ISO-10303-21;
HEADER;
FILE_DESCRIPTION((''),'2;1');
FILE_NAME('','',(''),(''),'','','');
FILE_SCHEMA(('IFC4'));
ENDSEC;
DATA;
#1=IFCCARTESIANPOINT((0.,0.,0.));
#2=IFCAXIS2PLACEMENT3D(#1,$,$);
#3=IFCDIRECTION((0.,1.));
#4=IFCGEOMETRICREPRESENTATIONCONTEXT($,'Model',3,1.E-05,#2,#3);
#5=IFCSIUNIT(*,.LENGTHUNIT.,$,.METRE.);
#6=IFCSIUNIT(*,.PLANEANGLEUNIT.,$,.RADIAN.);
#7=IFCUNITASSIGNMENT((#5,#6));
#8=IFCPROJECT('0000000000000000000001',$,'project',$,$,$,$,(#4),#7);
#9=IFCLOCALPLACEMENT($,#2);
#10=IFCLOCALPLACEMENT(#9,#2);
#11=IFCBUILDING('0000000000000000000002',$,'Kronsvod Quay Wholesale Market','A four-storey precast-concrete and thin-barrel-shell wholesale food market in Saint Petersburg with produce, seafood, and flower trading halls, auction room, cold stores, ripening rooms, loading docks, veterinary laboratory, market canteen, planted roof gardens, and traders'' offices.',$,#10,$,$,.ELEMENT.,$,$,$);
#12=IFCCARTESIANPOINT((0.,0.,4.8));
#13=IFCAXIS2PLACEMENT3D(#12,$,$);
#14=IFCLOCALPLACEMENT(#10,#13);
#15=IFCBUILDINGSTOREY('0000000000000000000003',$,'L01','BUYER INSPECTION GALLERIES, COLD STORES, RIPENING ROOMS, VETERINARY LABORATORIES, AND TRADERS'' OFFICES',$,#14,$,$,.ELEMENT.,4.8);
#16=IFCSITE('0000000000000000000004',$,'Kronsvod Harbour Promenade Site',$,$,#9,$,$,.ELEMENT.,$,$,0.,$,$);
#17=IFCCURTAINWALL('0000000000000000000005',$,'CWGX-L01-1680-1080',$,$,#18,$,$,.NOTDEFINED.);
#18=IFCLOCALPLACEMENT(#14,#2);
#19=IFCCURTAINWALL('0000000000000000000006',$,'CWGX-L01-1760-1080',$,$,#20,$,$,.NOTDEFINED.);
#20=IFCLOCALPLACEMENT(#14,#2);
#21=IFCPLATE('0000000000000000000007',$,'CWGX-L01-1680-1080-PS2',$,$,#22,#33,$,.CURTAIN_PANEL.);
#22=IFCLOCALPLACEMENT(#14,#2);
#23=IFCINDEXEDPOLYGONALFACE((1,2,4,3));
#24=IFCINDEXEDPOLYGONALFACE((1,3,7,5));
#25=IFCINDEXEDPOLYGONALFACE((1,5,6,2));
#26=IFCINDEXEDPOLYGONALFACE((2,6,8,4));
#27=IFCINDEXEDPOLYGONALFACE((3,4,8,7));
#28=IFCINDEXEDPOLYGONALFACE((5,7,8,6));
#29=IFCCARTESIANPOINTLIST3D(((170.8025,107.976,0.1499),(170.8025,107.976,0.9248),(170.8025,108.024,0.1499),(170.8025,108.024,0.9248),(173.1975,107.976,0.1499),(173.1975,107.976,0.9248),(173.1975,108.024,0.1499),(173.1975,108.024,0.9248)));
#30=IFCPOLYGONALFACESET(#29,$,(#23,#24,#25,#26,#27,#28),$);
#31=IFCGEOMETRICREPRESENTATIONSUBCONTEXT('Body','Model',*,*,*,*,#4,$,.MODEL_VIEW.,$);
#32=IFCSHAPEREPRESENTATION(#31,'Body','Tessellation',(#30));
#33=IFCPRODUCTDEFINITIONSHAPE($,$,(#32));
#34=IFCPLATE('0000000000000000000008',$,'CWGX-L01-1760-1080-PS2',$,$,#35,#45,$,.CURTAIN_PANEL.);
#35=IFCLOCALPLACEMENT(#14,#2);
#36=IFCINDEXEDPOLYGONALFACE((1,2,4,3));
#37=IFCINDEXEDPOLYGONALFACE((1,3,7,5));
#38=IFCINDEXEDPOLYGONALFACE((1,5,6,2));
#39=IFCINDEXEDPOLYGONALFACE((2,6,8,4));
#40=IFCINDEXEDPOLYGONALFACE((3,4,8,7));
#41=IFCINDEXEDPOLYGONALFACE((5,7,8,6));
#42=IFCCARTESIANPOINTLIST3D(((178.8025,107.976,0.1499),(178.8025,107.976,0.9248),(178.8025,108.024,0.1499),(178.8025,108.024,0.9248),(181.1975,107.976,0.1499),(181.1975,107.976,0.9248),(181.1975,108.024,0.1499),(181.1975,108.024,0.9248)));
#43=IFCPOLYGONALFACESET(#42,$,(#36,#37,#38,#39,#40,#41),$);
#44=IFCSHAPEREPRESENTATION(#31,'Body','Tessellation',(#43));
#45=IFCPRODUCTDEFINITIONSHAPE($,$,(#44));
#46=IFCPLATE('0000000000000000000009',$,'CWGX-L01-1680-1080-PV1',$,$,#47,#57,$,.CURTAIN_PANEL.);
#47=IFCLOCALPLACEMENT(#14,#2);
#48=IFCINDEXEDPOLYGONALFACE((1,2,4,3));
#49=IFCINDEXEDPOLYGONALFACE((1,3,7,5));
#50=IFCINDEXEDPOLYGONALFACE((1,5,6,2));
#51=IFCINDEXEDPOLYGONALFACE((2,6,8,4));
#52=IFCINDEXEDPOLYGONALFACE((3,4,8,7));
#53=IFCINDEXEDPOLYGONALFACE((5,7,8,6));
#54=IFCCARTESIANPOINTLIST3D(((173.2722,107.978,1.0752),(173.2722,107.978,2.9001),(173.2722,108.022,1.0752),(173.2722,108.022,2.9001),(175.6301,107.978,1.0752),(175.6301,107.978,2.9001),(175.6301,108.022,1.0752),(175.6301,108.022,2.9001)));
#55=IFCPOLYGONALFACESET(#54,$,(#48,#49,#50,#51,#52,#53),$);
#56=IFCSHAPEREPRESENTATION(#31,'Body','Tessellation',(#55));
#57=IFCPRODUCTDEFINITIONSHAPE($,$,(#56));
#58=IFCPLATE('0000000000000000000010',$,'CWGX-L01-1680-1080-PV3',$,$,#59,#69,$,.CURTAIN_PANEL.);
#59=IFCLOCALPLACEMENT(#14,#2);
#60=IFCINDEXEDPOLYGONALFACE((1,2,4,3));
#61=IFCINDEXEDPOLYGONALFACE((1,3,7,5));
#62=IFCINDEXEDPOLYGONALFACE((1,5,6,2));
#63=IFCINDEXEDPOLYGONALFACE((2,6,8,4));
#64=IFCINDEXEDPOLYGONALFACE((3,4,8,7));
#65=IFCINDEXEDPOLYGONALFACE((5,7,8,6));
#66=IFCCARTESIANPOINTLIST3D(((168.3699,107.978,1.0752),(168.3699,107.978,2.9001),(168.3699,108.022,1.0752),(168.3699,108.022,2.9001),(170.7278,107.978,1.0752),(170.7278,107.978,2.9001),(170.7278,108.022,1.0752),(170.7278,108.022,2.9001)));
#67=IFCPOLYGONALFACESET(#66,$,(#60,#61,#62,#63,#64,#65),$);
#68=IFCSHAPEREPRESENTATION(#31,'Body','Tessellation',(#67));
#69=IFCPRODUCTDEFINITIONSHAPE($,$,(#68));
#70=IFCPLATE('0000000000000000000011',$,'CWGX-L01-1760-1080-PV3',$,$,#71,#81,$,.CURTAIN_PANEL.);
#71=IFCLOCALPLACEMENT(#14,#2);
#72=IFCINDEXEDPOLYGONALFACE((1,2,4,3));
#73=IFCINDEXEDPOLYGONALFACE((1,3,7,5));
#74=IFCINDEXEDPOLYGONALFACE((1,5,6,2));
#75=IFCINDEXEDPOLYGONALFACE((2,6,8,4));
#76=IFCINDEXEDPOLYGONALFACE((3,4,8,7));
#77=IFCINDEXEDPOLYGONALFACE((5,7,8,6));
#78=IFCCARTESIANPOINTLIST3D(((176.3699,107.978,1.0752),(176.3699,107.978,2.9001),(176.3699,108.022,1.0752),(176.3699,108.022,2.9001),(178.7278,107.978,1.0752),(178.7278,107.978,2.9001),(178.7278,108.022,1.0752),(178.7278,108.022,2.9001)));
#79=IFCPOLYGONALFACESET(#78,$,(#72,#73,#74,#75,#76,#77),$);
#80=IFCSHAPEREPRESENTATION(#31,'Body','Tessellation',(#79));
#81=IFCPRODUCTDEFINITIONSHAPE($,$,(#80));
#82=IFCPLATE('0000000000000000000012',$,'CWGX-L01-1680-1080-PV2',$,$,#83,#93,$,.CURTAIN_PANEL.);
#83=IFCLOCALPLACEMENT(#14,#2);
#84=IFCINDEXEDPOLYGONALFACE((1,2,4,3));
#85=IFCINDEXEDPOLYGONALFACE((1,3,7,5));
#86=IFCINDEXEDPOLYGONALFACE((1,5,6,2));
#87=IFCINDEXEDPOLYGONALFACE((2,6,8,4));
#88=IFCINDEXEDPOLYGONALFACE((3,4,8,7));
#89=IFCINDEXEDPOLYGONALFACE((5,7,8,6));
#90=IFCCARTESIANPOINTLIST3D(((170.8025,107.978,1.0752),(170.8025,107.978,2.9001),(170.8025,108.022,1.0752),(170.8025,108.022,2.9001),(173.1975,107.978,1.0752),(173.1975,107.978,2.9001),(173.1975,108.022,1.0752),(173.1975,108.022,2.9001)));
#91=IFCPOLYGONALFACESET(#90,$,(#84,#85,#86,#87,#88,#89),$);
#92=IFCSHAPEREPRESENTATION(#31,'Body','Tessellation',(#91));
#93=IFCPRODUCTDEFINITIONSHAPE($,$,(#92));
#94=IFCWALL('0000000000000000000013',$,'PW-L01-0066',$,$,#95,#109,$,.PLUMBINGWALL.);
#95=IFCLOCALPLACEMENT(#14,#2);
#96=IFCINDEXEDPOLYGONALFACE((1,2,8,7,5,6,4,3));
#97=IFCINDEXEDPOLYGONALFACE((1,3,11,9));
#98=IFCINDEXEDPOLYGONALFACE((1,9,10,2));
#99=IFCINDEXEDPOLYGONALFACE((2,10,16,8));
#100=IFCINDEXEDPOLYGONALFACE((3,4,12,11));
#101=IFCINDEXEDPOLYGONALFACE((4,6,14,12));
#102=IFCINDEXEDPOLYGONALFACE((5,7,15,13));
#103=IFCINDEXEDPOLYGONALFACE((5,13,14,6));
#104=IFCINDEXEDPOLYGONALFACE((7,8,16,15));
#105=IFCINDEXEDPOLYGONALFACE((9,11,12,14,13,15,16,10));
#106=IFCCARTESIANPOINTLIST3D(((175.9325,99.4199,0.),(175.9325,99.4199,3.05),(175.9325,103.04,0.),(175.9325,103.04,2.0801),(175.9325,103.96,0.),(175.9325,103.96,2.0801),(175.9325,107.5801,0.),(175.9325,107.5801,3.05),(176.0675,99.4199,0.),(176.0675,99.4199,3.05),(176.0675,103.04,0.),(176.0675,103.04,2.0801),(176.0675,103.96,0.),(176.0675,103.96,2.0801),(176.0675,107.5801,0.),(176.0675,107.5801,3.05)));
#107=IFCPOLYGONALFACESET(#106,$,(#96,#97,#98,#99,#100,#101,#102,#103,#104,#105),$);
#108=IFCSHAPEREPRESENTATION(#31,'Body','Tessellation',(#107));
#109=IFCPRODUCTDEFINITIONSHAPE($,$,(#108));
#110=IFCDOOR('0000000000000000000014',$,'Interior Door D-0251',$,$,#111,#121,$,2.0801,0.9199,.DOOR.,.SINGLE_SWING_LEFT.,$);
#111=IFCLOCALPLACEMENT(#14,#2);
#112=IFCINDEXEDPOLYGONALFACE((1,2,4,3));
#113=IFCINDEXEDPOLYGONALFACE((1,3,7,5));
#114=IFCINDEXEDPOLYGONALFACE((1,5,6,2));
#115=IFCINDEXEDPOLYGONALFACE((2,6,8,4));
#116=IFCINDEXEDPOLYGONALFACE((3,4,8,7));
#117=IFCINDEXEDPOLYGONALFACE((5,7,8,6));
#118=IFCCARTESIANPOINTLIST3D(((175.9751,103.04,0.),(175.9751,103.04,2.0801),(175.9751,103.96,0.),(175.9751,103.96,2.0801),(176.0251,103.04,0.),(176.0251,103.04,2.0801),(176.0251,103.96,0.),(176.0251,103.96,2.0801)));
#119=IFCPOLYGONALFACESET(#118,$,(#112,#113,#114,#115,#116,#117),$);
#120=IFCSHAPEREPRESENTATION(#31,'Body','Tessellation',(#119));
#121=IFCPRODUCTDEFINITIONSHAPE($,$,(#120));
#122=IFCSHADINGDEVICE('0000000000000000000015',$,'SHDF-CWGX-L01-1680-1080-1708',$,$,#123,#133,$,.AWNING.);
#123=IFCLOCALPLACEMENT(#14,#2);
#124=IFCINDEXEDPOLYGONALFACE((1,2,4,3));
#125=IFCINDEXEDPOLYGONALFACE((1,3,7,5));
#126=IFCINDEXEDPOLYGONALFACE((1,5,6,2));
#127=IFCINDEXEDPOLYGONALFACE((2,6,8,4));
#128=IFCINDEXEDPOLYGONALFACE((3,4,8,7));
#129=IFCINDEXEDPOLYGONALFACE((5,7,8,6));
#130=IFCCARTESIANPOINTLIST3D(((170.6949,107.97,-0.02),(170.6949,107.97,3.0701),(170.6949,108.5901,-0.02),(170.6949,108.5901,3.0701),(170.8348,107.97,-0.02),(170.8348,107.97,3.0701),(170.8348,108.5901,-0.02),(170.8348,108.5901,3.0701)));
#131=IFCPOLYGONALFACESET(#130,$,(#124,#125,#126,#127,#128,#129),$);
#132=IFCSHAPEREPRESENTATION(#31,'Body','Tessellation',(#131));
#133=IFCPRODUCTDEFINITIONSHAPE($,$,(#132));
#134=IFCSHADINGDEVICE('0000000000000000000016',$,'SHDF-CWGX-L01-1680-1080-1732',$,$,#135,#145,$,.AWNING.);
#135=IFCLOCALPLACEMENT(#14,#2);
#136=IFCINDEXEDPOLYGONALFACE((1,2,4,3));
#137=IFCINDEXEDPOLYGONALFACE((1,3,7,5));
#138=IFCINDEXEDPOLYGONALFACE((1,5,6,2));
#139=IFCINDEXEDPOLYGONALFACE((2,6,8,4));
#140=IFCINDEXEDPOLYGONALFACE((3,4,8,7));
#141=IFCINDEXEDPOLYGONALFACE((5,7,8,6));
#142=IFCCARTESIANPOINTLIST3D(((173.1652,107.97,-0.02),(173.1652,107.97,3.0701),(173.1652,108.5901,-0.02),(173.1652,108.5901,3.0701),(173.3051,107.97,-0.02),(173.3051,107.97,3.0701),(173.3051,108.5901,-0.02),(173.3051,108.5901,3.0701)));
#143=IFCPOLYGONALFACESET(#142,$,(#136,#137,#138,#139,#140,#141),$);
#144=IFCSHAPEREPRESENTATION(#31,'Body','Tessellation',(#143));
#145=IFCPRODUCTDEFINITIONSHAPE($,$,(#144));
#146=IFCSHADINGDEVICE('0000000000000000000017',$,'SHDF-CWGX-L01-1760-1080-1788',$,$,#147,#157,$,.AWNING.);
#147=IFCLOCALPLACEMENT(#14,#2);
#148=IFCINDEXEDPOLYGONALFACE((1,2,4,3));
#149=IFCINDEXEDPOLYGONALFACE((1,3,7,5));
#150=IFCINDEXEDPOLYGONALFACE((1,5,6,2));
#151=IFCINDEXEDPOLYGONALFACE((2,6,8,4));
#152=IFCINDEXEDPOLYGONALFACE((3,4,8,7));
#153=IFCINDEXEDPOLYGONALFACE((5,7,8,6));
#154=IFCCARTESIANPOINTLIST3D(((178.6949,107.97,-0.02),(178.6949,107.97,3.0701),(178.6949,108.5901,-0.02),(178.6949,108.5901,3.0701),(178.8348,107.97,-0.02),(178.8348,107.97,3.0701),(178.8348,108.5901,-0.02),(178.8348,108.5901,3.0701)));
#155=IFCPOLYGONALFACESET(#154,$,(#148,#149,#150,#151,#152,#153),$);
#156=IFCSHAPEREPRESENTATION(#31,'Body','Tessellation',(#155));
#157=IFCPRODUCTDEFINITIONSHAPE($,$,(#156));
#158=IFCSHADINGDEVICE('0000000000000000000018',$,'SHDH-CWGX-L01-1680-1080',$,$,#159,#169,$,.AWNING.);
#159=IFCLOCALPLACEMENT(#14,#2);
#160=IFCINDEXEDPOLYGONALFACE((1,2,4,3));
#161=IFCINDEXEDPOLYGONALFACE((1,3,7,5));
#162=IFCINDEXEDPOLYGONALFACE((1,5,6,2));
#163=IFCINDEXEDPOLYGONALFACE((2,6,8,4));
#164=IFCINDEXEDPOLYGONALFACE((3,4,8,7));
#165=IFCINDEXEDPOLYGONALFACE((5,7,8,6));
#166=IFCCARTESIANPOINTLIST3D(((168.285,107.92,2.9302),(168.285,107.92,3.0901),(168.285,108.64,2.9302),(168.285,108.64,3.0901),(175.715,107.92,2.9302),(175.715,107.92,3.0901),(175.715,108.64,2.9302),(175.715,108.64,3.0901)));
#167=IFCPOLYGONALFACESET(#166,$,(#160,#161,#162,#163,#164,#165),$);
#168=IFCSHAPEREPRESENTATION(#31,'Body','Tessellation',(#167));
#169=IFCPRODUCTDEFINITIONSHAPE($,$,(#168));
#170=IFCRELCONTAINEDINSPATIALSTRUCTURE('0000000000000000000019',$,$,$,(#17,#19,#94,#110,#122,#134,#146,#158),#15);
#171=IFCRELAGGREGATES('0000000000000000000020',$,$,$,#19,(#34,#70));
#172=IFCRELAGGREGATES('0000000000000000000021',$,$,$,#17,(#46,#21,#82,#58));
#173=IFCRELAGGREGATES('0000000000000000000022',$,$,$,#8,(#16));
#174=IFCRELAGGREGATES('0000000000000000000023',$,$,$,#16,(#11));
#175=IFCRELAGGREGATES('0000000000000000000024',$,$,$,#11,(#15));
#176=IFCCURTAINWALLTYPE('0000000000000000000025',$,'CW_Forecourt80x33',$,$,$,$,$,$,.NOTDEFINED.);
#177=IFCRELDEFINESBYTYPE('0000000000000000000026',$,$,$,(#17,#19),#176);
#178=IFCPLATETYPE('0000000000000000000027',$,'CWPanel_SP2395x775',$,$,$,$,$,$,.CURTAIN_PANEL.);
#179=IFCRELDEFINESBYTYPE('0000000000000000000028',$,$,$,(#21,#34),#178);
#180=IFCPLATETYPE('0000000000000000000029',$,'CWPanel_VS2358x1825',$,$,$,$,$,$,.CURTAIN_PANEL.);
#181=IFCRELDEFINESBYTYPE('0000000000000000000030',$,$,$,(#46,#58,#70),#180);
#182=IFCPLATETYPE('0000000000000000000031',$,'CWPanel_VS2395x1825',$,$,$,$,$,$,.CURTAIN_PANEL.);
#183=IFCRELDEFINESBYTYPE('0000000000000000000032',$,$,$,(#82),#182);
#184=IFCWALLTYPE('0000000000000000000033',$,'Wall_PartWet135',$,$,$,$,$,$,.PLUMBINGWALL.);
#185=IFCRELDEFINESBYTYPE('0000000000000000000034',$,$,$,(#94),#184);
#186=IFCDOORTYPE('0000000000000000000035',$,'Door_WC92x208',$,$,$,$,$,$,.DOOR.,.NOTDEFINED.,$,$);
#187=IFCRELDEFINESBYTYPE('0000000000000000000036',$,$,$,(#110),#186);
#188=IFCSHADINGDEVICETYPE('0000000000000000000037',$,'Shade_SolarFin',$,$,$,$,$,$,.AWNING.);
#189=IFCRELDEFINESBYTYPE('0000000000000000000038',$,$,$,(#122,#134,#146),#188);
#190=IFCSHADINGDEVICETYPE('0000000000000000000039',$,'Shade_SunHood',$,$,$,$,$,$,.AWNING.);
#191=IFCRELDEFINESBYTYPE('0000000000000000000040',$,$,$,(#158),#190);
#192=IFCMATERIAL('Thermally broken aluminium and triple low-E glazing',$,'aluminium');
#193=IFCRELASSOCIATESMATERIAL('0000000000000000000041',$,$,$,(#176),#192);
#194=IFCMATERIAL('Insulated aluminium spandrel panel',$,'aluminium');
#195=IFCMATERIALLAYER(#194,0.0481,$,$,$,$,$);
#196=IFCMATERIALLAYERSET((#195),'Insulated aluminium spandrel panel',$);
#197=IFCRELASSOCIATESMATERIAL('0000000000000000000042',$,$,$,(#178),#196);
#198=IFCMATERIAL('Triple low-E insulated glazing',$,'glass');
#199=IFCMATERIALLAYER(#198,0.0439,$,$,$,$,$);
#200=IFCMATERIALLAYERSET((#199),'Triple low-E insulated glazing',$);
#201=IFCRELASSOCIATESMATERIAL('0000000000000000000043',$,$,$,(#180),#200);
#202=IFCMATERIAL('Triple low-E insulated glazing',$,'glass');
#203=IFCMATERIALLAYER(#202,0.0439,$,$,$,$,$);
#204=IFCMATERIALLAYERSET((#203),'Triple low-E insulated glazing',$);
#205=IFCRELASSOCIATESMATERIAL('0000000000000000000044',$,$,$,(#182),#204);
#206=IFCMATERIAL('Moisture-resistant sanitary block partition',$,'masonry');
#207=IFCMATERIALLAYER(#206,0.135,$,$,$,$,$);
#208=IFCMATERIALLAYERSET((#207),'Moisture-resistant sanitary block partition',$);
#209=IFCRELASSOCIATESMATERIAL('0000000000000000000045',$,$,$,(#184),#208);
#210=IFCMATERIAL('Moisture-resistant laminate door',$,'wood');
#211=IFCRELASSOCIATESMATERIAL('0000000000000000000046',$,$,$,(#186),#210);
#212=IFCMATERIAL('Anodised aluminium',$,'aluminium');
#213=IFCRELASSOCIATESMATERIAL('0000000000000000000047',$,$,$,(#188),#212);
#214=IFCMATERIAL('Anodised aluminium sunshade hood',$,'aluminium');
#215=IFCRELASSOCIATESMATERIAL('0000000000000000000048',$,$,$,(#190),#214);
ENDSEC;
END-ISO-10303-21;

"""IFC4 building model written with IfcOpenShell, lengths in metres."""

from ifc_helpers import new_model, si_unit, direction, frame, frame_2d, origin, origin_2d, place, context, subcontext, project, spatial, rectangle, extrude, material, layer, layer_set, type_object, element, fill, aggregate, save


model = new_model("IFC4")

# Units and contexts
model_context = context("Model", 3, precision=1e-05, world=origin(), true_north=direction((0.0, 1.0)))
body_context = subcontext(model_context, "Body", "Model", "MODEL_VIEW")
ifc_project = project(units=[si_unit("LENGTHUNIT", "METRE"), si_unit("PLANEANGLEUNIT", "RADIAN")], contexts=[model_context])

# Site, building, storey
site_placement = place(None, origin())
site = spatial("IfcSite", under=ifc_project, at=site_placement, Name="Kronsvod Harbour Promenade Site", CompositionType="ELEMENT", RefElevation=0.0)
building_placement = place(site_placement, origin())
building = spatial("IfcBuilding", under=site, at=building_placement, Name="Kronsvod Quay Wholesale Market", Description="A four-storey precast-concrete and thin-barrel-shell wholesale food market in Saint Petersburg with produce, seafood, and flower trading halls, auction room, cold stores, ripening rooms, loading docks, veterinary laboratory, market canteen, planted roof gardens, and traders' offices.", CompositionType="ELEMENT")
storey_placement = place(building_placement, frame((0.0, 0.0, 4.8)))
storey = spatial("IfcBuildingStorey", under=building, at=storey_placement, Name="L01", Description="BUYER INSPECTION GALLERIES, COLD STORES, RIPENING ROOMS, VETERINARY LABORATORIES, AND TRADERS' OFFICES", CompositionType="ELEMENT", Elevation=4.8)

# Curtain walls
ifc_material_1 = material(Name="Thermally broken aluminium and triple low-E glazing", Category="aluminium")
curtain_wall_type = type_object("IfcCurtainWallType", Name="CW_Forecourt80x33", PredefinedType="NOTDEFINED", material=ifc_material_1)
curtain_wall_1_placement = place(storey_placement, origin())
curtain_wall_1 = element("IfcCurtainWall", 1, at=curtain_wall_1_placement, inside=storey, type_object=curtain_wall_type, Name="CWGX-L01-1680-1080", PredefinedType="NOTDEFINED")
curtain_wall_2_placement = place(storey_placement, origin())
curtain_wall_2 = element("IfcCurtainWall", 2, at=curtain_wall_2_placement, inside=storey, type_object=curtain_wall_type, Name="CWGX-L01-1760-1080", PredefinedType="NOTDEFINED")

# Plates
ifc_material_2 = material(Name="Insulated aluminium spandrel panel", Category="aluminium")
ifc_layer_1 = layer(ifc_material_2, 0.0481)
ifc_layer_set_1 = layer_set([ifc_layer_1], Name="Insulated aluminium spandrel panel")
plate_type_1 = type_object("IfcPlateType", Name="CWPanel_SP2395x775", PredefinedType="CURTAIN_PANEL", material=ifc_layer_set_1)
plate_1_placement = place(storey_placement, frame((172.0, 108.0, 0.1499), z_axis=(0.0, 0.0, 1.0), x_axis=(-1.0, 0.0, 0.0)))
plate_1 = element("IfcPlate", 3, at=plate_1_placement, type_object=plate_type_1, Name="CWGX-L01-1680-1080-PS2", PredefinedType="CURTAIN_PANEL", context=body_context, shape_type="SweptSolid", body=[
    extrude(rectangle(XDim=2.395, YDim=0.0481, at=origin_2d()), origin(), (0.0, 0.0, 1.0), 0.7749),
])
plate_2_placement = place(storey_placement, frame((180.0, 108.0, 0.1499), z_axis=(0.0, 0.0, 1.0), x_axis=(-1.0, 0.0, 0.0)))
plate_2 = element("IfcPlate", 4, at=plate_2_placement, type_object=plate_type_1, Name="CWGX-L01-1760-1080-PS2", PredefinedType="CURTAIN_PANEL", context=body_context, shape_type="SweptSolid", body=[
    extrude(rectangle(XDim=2.395, YDim=0.0481, at=origin_2d()), origin(), (0.0, 0.0, 1.0), 0.7749),
])
ifc_material_3 = material(Name="Triple low-E insulated glazing", Category="glass")
ifc_layer_2 = layer(ifc_material_3, 0.0439)
ifc_layer_set_2 = layer_set([ifc_layer_2], Name="Triple low-E insulated glazing")
plate_type_2 = type_object("IfcPlateType", Name="CWPanel_VS2358x1825", PredefinedType="CURTAIN_PANEL", material=ifc_layer_set_2)
plate_3_placement = place(storey_placement, frame((174.4512, 108.0, 1.0752), z_axis=(0.0, 0.0, 1.0), x_axis=(-1.0, 0.0, 0.0)))
plate_3 = element("IfcPlate", 5, at=plate_3_placement, type_object=plate_type_2, Name="CWGX-L01-1680-1080-PV1", PredefinedType="CURTAIN_PANEL", context=body_context, shape_type="SweptSolid", body=[
    extrude(rectangle(XDim=2.3579, YDim=0.0439, at=origin_2d()), origin(), (0.0, 0.0, 1.0), 1.825),
])
plate_4_placement = place(storey_placement, frame((169.5488, 108.0, 1.0752), z_axis=(0.0, 0.0, 1.0), x_axis=(-1.0, 0.0, 0.0)))
plate_4 = element("IfcPlate", 6, at=plate_4_placement, type_object=plate_type_2, Name="CWGX-L01-1680-1080-PV3", PredefinedType="CURTAIN_PANEL", context=body_context, shape_type="SweptSolid", body=[
    extrude(rectangle(XDim=2.3579, YDim=0.0439, at=origin_2d()), origin(), (0.0, 0.0, 1.0), 1.825),
])
plate_5_placement = place(storey_placement, frame((177.5488, 108.0, 1.0752), z_axis=(0.0, 0.0, 1.0), x_axis=(-1.0, 0.0, 0.0)))
plate_5 = element("IfcPlate", 7, at=plate_5_placement, type_object=plate_type_2, Name="CWGX-L01-1760-1080-PV3", PredefinedType="CURTAIN_PANEL", context=body_context, shape_type="SweptSolid", body=[
    extrude(rectangle(XDim=2.3579, YDim=0.0439, at=origin_2d()), origin(), (0.0, 0.0, 1.0), 1.825),
])
aggregate(curtain_wall_2, [plate_2, plate_5])
ifc_material_4 = material(Name="Triple low-E insulated glazing", Category="glass")
ifc_layer_3 = layer(ifc_material_4, 0.0439)
ifc_layer_set_3 = layer_set([ifc_layer_3], Name="Triple low-E insulated glazing")
plate_type_3 = type_object("IfcPlateType", Name="CWPanel_VS2395x1825", PredefinedType="CURTAIN_PANEL", material=ifc_layer_set_3)
plate_6_placement = place(storey_placement, frame((172.0, 108.0, 1.0752), z_axis=(0.0, 0.0, 1.0), x_axis=(-1.0, 0.0, 0.0)))
plate_6 = element("IfcPlate", 8, at=plate_6_placement, type_object=plate_type_3, Name="CWGX-L01-1680-1080-PV2", PredefinedType="CURTAIN_PANEL", context=body_context, shape_type="SweptSolid", body=[
    extrude(rectangle(XDim=2.395, YDim=0.0439, at=origin_2d()), origin(), (0.0, 0.0, 1.0), 1.825),
])
aggregate(curtain_wall_1, [plate_3, plate_1, plate_6, plate_4])

# Wall, opening, door
ifc_material_5 = material(Name="Moisture-resistant sanitary block partition", Category="masonry")
ifc_layer_4 = layer(ifc_material_5, 0.135)
ifc_layer_set_4 = layer_set([ifc_layer_4], Name="Moisture-resistant sanitary block partition")
wall_type = type_object("IfcWallType", Name="Wall_PartWet135", PredefinedType="PLUMBINGWALL", material=ifc_layer_set_4)
wall_placement = place(storey_placement, frame((176.0, 99.4199, 0.0), z_axis=(0.0, 0.0, 1.0), x_axis=(0.0, 1.0, 0.0)))
wall = element("IfcWall", 9, at=wall_placement, inside=storey, type_object=wall_type, Name="PW-L01-0066", PredefinedType="PLUMBINGWALL", context=body_context, shape_type="SweptSolid", body=[
    extrude(rectangle(XDim=8.1602, YDim=0.135, at=frame_2d((4.0801, 0.0))), origin(), (0.0, 0.0, 1.0), 3.05),
])
opening_placement = place(wall_placement, frame((3.6201, 0.0, 0.0)))
opening = element("IfcOpeningElement", 10, at=opening_placement, cuts=wall, PredefinedType="OPENING", context=body_context, shape_type="SweptSolid", body=[
    extrude(rectangle(XDim=0.9199, YDim=2.0801, at=frame_2d((0.46, 1.04))), frame((0.0, 0.0776, 0.0), z_axis=(0.0, -1.0, 0.0), x_axis=(1.0, 0.0, 0.0)), (0.0, 0.0, 1.0), 0.155),
])
ifc_material_6 = material(Name="Moisture-resistant laminate door", Category="wood")
door_type = type_object("IfcDoorType", Name="Door_WC92x208", OperationType="NOTDEFINED", PredefinedType="DOOR", material=ifc_material_6)
door_placement = place(opening_placement, origin())
door = element("IfcDoor", 11, at=door_placement, inside=storey, type_object=door_type, Name="Interior Door D-0251", OperationType="SINGLE_SWING_LEFT", OverallHeight=2.0801, OverallWidth=0.9199, PredefinedType="DOOR", context=body_context, shape_type="SweptSolid", body=[
    extrude(rectangle(XDim=0.9199, YDim=2.0801, at=frame_2d((0.46, 1.04))), frame((0.0, 0.0249, 0.0), z_axis=(0.0, -1.0, 0.0), x_axis=(1.0, 0.0, 0.0)), (0.0, 0.0, 1.0), 0.05),
])
fill(opening, door)

# Shading devices
ifc_material_7 = material(Name="Anodised aluminium", Category="aluminium")
shading_device_type_1 = type_object("IfcShadingDeviceType", Name="Shade_SolarFin", PredefinedType="AWNING", material=ifc_material_7)
for number, where, z_axis, x_axis, name in (
    (12, (170.7649, 108.28, -0.02), (0.0, 0.0, 1.0), (1.0, 0.0, 0.0), "SHDF-CWGX-L01-1680-1080-1708"),
    (13, (173.2351, 108.28, -0.02), (0.0, 0.0, 1.0), (1.0, 0.0, 0.0), "SHDF-CWGX-L01-1680-1080-1732"),
    (14, (178.7649, 108.28, -0.02), (0.0, 0.0, 1.0), (1.0, 0.0, 0.0), "SHDF-CWGX-L01-1760-1080-1788"),
):
    element("IfcShadingDevice", number, at=place(storey_placement, frame(where, z_axis=z_axis, x_axis=x_axis)), inside=storey, type_object=shading_device_type_1, Name=name, PredefinedType="AWNING", context=body_context, shape_type="SweptSolid", body=[
        extrude(rectangle(XDim=0.1399, YDim=0.6201, at=origin_2d()), origin(), (0.0, 0.0, 1.0), 3.0901),
    ])
ifc_material_8 = material(Name="Anodised aluminium sunshade hood", Category="aluminium")
shading_device_type_2 = type_object("IfcShadingDeviceType", Name="Shade_SunHood", PredefinedType="AWNING", material=ifc_material_8)
shading_device_placement = place(storey_placement, frame((172.0, 108.28, 2.9302), z_axis=(0.0, 0.0, 1.0), x_axis=(1.0, 0.0, 0.0)))
element("IfcShadingDevice", 15, at=shading_device_placement, inside=storey, type_object=shading_device_type_2, Name="SHDH-CWGX-L01-1680-1080", PredefinedType="AWNING", context=body_context, shape_type="SweptSolid", body=[
    extrude(rectangle(XDim=7.4299, YDim=0.72, at=origin_2d()), origin(), (0.0, 0.0, 1.0), 0.1599),
])

save(model, "model.ifc")
